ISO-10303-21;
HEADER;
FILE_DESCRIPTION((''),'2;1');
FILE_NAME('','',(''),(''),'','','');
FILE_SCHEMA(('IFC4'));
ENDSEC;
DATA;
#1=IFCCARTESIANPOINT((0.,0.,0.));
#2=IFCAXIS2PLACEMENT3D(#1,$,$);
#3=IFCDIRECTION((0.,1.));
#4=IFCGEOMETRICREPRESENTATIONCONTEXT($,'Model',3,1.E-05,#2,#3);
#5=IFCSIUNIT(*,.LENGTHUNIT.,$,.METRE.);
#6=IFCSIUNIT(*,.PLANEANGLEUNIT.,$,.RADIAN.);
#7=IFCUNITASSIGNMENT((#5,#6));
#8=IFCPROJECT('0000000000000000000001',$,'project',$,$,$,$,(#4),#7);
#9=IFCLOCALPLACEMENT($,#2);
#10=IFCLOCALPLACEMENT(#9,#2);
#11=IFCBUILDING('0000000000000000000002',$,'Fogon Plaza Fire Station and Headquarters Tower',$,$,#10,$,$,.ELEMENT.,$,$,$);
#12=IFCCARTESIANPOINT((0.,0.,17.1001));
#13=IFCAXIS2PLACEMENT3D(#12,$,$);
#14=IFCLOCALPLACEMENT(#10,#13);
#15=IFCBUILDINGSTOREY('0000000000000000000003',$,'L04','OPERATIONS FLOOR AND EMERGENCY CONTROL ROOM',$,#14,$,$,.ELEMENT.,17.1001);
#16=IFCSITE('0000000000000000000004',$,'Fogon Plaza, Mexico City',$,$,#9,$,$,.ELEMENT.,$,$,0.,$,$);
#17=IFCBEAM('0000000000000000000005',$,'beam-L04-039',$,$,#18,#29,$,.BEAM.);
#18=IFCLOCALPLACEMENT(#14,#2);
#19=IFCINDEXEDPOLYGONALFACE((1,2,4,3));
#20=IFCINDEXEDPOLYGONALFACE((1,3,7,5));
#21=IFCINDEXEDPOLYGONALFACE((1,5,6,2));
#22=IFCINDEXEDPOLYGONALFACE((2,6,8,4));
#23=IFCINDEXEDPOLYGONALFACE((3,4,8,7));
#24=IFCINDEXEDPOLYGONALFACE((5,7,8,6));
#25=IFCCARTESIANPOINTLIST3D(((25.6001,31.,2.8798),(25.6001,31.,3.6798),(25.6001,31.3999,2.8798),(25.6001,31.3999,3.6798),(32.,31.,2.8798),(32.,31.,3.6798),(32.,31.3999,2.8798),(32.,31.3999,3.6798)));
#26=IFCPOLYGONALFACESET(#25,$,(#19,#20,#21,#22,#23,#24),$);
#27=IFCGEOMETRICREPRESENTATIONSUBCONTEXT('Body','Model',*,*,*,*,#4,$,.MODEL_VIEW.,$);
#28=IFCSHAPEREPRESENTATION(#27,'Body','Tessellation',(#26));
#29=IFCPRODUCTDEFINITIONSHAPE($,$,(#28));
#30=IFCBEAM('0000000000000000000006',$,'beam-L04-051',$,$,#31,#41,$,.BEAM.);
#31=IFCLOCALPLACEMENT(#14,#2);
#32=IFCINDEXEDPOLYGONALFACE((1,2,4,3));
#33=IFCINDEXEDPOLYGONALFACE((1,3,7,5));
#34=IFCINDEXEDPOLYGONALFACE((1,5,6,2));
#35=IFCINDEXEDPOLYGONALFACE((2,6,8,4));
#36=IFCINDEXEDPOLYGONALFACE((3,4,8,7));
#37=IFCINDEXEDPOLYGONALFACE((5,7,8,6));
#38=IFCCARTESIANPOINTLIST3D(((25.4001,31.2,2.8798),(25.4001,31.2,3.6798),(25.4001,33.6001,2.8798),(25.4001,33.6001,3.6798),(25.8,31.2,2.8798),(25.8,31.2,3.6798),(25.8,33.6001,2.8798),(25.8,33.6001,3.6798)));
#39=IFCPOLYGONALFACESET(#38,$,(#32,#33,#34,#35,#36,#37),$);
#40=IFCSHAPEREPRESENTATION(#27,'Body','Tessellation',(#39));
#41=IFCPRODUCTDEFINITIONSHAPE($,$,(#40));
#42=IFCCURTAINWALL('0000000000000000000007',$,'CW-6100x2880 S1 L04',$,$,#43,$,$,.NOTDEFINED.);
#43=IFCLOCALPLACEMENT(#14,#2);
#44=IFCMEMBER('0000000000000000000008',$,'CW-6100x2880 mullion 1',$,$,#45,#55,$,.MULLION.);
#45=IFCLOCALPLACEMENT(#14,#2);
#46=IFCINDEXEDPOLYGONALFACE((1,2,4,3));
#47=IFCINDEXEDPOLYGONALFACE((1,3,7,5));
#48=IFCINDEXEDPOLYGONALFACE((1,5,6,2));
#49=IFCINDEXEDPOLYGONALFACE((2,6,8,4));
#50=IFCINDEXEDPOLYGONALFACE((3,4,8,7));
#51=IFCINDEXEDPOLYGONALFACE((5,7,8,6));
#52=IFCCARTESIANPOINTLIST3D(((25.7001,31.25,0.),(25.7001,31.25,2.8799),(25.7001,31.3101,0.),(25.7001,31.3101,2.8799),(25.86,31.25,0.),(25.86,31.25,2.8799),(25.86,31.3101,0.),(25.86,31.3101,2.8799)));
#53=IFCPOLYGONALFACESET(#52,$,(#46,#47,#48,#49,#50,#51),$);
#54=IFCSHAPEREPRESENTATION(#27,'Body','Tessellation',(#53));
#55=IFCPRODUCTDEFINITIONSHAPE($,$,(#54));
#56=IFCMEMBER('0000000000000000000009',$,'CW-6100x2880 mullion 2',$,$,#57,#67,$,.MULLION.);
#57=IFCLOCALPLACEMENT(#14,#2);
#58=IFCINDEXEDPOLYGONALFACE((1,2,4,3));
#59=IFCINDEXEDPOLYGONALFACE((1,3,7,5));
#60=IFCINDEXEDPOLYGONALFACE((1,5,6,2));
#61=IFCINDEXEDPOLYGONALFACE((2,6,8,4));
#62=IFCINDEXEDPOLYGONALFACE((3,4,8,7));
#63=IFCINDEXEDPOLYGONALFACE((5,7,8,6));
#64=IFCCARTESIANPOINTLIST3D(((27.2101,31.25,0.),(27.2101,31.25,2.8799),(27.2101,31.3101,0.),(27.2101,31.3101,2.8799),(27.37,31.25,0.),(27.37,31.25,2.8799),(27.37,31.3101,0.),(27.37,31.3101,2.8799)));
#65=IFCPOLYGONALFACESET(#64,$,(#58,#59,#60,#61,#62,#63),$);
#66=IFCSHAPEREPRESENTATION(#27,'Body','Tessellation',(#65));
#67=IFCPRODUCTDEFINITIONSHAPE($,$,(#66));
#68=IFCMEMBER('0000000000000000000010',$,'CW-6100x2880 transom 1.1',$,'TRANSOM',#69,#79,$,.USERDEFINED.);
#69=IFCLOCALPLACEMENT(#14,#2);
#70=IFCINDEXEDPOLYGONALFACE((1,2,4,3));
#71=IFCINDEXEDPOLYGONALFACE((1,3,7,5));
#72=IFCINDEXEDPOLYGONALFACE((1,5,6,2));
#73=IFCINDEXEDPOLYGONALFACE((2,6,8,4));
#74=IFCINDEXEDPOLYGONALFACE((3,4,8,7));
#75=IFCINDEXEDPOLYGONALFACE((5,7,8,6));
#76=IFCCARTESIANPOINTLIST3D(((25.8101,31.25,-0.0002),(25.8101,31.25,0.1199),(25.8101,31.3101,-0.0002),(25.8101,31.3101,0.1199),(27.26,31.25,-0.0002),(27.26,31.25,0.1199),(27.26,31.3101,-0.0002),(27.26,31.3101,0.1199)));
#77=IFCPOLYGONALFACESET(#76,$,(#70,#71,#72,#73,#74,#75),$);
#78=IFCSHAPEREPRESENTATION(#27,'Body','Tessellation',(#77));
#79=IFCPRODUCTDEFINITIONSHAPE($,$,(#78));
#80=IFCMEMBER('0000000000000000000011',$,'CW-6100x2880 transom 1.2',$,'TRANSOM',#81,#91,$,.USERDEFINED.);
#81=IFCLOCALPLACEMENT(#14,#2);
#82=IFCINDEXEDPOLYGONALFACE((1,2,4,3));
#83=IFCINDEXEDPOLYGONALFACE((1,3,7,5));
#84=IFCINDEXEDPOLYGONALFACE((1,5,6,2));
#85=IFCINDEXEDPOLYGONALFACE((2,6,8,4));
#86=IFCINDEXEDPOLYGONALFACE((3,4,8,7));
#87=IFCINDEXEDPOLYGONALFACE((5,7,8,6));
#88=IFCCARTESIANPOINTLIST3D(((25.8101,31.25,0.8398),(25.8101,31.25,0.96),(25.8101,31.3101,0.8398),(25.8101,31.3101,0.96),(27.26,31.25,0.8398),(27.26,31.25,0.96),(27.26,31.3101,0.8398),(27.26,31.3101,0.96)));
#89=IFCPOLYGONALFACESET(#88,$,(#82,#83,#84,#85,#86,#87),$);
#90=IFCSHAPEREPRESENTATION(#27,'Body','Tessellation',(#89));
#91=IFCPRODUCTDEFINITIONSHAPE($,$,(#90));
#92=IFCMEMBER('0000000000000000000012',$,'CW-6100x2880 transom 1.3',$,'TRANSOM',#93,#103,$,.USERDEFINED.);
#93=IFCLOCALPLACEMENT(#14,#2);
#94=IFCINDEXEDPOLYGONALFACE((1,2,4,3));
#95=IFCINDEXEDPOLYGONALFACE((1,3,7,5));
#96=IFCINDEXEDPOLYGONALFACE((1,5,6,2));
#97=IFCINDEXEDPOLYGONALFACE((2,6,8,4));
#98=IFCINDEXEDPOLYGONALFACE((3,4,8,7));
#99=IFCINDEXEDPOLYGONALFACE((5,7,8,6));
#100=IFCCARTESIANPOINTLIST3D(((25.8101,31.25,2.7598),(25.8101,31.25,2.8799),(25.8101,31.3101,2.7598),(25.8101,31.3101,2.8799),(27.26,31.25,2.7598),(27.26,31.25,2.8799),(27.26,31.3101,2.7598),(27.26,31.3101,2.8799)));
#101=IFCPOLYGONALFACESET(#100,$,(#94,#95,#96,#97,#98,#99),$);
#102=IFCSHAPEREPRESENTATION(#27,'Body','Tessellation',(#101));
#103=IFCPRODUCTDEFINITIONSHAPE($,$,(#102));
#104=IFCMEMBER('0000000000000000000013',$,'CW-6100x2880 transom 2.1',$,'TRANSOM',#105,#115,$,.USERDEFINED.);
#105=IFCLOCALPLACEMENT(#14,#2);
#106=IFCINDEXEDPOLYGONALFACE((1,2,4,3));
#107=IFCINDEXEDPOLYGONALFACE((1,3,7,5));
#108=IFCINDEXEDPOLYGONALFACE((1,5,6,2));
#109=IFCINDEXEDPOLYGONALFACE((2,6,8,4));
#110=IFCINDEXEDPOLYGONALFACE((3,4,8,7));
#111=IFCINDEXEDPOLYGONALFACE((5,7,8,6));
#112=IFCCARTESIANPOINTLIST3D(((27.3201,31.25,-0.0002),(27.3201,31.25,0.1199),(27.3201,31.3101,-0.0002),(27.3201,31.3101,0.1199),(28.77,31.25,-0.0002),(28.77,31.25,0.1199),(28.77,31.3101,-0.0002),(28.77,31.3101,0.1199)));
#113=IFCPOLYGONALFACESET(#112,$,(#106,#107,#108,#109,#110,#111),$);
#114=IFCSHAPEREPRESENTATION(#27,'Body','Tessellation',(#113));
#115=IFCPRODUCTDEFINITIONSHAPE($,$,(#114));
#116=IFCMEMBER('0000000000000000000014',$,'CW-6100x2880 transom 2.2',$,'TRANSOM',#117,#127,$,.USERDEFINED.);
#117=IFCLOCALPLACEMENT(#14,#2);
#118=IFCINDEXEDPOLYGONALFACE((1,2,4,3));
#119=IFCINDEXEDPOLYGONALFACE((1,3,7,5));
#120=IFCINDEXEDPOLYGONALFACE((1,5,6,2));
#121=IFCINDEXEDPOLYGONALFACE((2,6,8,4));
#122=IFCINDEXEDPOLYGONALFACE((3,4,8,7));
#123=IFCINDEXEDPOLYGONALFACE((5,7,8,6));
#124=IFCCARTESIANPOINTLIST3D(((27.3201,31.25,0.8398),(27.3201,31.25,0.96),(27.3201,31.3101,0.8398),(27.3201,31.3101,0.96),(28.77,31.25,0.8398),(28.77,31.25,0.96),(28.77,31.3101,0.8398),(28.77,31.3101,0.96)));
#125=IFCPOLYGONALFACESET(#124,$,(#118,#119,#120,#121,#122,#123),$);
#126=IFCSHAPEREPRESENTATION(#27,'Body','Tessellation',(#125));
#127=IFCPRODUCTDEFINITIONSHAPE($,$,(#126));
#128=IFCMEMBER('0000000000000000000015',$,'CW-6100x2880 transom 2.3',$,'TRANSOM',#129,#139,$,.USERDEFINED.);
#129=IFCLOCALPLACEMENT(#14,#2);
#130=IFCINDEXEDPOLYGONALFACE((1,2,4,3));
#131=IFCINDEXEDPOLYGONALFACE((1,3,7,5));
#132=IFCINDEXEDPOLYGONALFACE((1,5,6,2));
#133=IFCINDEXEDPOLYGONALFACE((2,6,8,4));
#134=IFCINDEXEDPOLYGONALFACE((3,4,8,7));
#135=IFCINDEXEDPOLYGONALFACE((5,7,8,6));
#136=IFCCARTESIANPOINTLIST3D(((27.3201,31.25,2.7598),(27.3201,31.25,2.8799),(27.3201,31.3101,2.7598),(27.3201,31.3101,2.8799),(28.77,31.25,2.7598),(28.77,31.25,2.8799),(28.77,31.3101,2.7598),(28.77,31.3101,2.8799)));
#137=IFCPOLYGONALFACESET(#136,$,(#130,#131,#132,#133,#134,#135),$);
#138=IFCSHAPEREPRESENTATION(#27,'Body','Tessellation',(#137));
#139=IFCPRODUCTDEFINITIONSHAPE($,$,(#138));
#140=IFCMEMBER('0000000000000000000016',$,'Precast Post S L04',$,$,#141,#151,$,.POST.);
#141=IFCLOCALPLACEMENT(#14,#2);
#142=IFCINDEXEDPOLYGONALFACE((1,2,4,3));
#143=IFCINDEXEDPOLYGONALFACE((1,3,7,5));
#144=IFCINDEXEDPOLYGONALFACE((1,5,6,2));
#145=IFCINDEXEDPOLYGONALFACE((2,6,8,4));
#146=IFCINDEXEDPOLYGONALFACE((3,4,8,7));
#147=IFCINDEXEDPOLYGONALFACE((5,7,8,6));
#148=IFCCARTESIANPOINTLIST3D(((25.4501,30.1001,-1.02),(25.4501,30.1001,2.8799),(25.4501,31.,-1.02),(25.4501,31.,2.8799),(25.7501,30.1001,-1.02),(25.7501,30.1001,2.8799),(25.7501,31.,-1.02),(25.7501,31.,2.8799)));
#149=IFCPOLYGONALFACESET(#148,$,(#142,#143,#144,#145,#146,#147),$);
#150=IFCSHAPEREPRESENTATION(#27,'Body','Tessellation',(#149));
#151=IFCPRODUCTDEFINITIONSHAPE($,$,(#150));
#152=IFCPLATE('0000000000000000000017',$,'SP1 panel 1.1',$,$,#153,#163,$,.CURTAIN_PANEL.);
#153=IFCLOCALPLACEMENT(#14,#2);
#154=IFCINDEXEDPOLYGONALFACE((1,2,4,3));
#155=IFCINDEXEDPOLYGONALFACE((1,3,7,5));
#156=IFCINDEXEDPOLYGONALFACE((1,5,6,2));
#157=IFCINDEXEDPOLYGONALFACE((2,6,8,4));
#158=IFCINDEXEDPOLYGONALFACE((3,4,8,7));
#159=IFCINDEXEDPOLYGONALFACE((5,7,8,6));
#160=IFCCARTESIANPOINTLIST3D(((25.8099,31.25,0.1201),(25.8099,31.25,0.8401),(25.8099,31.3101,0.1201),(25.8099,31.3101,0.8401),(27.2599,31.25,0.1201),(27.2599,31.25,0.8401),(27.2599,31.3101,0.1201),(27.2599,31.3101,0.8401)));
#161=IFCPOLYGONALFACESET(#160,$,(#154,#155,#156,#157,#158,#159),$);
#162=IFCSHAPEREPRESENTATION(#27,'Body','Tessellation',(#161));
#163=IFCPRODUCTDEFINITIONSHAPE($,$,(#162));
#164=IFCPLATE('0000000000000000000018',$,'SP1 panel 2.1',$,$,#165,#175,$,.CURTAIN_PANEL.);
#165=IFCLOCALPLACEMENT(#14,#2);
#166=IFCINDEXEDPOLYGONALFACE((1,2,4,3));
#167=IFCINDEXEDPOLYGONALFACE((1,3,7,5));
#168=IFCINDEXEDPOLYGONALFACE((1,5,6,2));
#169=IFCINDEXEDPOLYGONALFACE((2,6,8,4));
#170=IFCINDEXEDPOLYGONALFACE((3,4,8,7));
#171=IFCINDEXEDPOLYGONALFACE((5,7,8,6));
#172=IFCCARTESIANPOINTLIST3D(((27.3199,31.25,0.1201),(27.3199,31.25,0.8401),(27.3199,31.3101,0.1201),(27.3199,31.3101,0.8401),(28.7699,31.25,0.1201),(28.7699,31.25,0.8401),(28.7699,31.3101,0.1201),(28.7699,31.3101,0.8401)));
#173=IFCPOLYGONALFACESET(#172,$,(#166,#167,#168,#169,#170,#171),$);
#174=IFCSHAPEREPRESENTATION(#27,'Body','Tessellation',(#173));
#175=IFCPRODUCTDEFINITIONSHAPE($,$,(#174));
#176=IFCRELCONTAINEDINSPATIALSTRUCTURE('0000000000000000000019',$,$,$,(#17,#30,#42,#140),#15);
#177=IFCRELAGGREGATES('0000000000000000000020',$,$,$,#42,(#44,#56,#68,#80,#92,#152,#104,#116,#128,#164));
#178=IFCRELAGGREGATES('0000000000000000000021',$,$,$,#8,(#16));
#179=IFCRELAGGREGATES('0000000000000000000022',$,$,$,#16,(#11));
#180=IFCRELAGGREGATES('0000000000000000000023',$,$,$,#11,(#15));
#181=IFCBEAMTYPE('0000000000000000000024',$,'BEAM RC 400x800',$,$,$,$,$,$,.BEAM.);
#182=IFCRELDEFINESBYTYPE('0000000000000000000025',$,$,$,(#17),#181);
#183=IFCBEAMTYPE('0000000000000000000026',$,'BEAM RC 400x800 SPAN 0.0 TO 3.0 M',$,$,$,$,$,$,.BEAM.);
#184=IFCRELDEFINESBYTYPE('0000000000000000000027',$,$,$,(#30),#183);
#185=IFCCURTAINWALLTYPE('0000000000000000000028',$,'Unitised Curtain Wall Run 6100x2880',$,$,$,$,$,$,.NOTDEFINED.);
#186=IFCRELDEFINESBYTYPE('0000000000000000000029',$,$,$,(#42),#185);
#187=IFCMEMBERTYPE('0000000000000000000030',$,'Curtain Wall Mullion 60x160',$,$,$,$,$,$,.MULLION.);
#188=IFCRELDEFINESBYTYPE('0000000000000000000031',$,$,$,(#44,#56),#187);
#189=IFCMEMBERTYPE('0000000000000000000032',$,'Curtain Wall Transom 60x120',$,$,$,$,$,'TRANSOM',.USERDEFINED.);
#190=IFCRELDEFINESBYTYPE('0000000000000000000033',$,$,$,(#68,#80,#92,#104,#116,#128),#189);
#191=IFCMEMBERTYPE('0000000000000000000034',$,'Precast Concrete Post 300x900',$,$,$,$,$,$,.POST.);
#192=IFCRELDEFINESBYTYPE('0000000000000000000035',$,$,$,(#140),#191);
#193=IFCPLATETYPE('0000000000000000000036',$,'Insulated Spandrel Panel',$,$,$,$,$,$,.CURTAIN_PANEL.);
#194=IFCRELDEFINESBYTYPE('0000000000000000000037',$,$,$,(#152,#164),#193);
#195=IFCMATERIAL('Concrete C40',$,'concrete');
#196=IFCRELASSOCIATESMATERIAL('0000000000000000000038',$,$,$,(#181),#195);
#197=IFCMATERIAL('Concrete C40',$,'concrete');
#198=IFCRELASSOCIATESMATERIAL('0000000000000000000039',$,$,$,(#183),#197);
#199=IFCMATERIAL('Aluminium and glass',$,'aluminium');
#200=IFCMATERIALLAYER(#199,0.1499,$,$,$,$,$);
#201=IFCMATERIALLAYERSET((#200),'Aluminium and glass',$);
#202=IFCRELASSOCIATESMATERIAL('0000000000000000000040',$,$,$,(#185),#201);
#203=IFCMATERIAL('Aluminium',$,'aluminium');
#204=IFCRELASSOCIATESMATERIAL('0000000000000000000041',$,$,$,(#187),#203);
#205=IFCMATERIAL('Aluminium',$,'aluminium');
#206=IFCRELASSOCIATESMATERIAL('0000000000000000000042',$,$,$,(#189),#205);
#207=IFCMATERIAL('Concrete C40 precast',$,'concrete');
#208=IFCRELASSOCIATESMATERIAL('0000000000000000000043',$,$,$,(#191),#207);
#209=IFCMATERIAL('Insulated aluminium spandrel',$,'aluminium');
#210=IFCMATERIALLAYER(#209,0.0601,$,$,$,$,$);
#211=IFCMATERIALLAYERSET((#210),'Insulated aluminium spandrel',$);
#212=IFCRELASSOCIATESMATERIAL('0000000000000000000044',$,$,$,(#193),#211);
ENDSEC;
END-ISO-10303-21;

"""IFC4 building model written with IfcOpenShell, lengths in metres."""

from ifc_helpers import new_model, si_unit, direction, frame, origin, origin_2d, place, context, subcontext, project, spatial, rectangle, extrude, material, layer, layer_set, material_profile, profile_set, type_object, element, aggregate, save


model = new_model("IFC4")

# Units and contexts
model_context = context("Model", 3, precision=1e-05, world=origin(), true_north=direction((0.0, 1.0)))
body_context = subcontext(model_context, "Body", "Model", "MODEL_VIEW")
ifc_project = project(units=[si_unit("LENGTHUNIT", "METRE"), si_unit("PLANEANGLEUNIT", "RADIAN")], contexts=[model_context])

# Site, building, storey
site_placement = place(None, origin())
site = spatial("IfcSite", under=ifc_project, at=site_placement, Name="Fogon Plaza, Mexico City", CompositionType="ELEMENT", RefElevation=0.0)
building_placement = place(site_placement, origin())
building = spatial("IfcBuilding", under=site, at=building_placement, Name="Fogon Plaza Fire Station and Headquarters Tower", CompositionType="ELEMENT")
storey_placement = place(building_placement, frame((0.0, 0.0, 17.1001)))
storey = spatial("IfcBuildingStorey", under=building, at=storey_placement, Name="L04", Description="OPERATIONS FLOOR AND EMERGENCY CONTROL ROOM", CompositionType="ELEMENT", Elevation=17.1001)

# Beams
ifc_material_1 = material(Name="Concrete C40", Category="concrete")
ifc_material_profile_1 = material_profile(ifc_material_1, rectangle(XDim=0.3999, YDim=0.8, at=origin_2d()), Name="RC 400x800")
ifc_profile_set_1 = profile_set([ifc_material_profile_1], Name="Concrete C40")
beam_type_1 = type_object("IfcBeamType", Name="BEAM RC 400x800", PredefinedType="BEAM", material=ifc_profile_set_1)
beam_1_placement = place(storey_placement, frame((25.6001, 31.2, 3.2798), z_axis=(1.0, 0.0, 0.0), x_axis=(0.0, 1.0, 0.0)))
element("IfcBeam", 1, at=beam_1_placement, inside=storey, type_object=beam_type_1, Name="beam-L04-039", PredefinedType="BEAM", context=body_context, shape_type="SweptSolid", body=[
    extrude(rectangle(XDim=0.3999, YDim=0.8, at=origin_2d()), origin(), (0.0, 0.0, 1.0), 6.3999),
])
ifc_material_2 = material(Name="Concrete C40", Category="concrete")
ifc_material_profile_2 = material_profile(ifc_material_2, rectangle(XDim=0.3999, YDim=0.8, at=origin_2d()), Name="RC 400x800")
ifc_profile_set_2 = profile_set([ifc_material_profile_2], Name="Concrete C40")
beam_type_2 = type_object("IfcBeamType", Name="BEAM RC 400x800 SPAN 0.0 TO 3.0 M", PredefinedType="BEAM", material=ifc_profile_set_2)
beam_2_placement = place(storey_placement, frame((25.6001, 31.2, 3.2798), z_axis=(0.0, 1.0, 0.0), x_axis=(-1.0, 0.0, 0.0)))
element("IfcBeam", 2, at=beam_2_placement, inside=storey, type_object=beam_type_2, Name="beam-L04-051", PredefinedType="BEAM", context=body_context, shape_type="SweptSolid", body=[
    extrude(rectangle(XDim=0.3999, YDim=0.8, at=origin_2d()), origin(), (0.0, 0.0, 1.0), 2.4001),
])

# Curtain wall, members
ifc_material_3 = material(Name="Aluminium and glass", Category="aluminium")
ifc_layer_1 = layer(ifc_material_3, 0.1499)
ifc_layer_set_1 = layer_set([ifc_layer_1], Name="Aluminium and glass")
curtain_wall_type = type_object("IfcCurtainWallType", Name="Unitised Curtain Wall Run 6100x2880", PredefinedType="NOTDEFINED", material=ifc_layer_set_1)
curtain_wall_placement = place(storey_placement, origin())
curtain_wall = element("IfcCurtainWall", 3, at=curtain_wall_placement, inside=storey, type_object=curtain_wall_type, Name="CW-6100x2880 S1 L04", PredefinedType="NOTDEFINED")
ifc_material_4 = material(Name="Aluminium", Category="aluminium")
ifc_material_profile_3 = material_profile(ifc_material_4, rectangle(XDim=0.0601, YDim=0.1599, at=origin_2d()), Name="Curtain Wall Mullion 60x160")
ifc_profile_set_3 = profile_set([ifc_material_profile_3], Name="Aluminium")
member_type_1 = type_object("IfcMemberType", Name="Curtain Wall Mullion 60x160", PredefinedType="MULLION", material=ifc_profile_set_3)
member_1_placement = place(storey_placement, frame((25.78, 31.28, 0.0), z_axis=(0.0, 0.0, 1.0), x_axis=(0.0, 1.0, 0.0)))
member_1 = element("IfcMember", 4, at=member_1_placement, type_object=member_type_1, Name="CW-6100x2880 mullion 1", PredefinedType="MULLION", context=body_context, shape_type="SweptSolid", body=[
    extrude(rectangle(XDim=0.0601, YDim=0.1599, at=origin_2d()), origin(), (0.0, 0.0, 1.0), 2.8799),
])
member_2_placement = place(storey_placement, frame((27.29, 31.28, 0.0), z_axis=(0.0, 0.0, 1.0), x_axis=(0.0, 1.0, 0.0)))
member_2 = element("IfcMember", 5, at=member_2_placement, type_object=member_type_1, Name="CW-6100x2880 mullion 2", PredefinedType="MULLION", context=body_context, shape_type="SweptSolid", body=[
    extrude(rectangle(XDim=0.0601, YDim=0.1599, at=origin_2d()), origin(), (0.0, 0.0, 1.0), 2.8799),
])
ifc_material_5 = material(Name="Aluminium", Category="aluminium")
ifc_material_profile_4 = material_profile(ifc_material_5, rectangle(XDim=0.0601, YDim=0.1201, at=origin_2d()), Name="Curtain Wall Transom 60x120")
ifc_profile_set_4 = profile_set([ifc_material_profile_4], Name="Aluminium")
member_type_2 = type_object("IfcMemberType", Name="Curtain Wall Transom 60x120", ElementType="TRANSOM", PredefinedType="USERDEFINED", material=ifc_profile_set_4)
member_3_placement = place(storey_placement, frame((25.8101, 31.28, 0.0598), z_axis=(1.0, 0.0, 0.0), x_axis=(0.0, 1.0, 0.0)))
member_3 = element("IfcMember", 6, at=member_3_placement, type_object=member_type_2, Name="CW-6100x2880 transom 1.1", ObjectType="TRANSOM", PredefinedType="USERDEFINED", context=body_context, shape_type="SweptSolid", body=[
    extrude(rectangle(XDim=0.0601, YDim=0.1201, at=origin_2d()), origin(), (0.0, 0.0, 1.0), 1.45),
])
member_4_placement = place(storey_placement, frame((25.8101, 31.28, 0.8999), z_axis=(1.0, 0.0, 0.0), x_axis=(0.0, 1.0, 0.0)))
member_4 = element("IfcMember", 7, at=member_4_placement, type_object=member_type_2, Name="CW-6100x2880 transom 1.2", ObjectType="TRANSOM", PredefinedType="USERDEFINED", context=body_context, shape_type="SweptSolid", body=[
    extrude(rectangle(XDim=0.0601, YDim=0.1201, at=origin_2d()), origin(), (0.0, 0.0, 1.0), 1.45),
])
member_5_placement = place(storey_placement, frame((25.8101, 31.28, 2.8198), z_axis=(1.0, 0.0, 0.0), x_axis=(0.0, 1.0, 0.0)))
member_5 = element("IfcMember", 8, at=member_5_placement, type_object=member_type_2, Name="CW-6100x2880 transom 1.3", ObjectType="TRANSOM", PredefinedType="USERDEFINED", context=body_context, shape_type="SweptSolid", body=[
    extrude(rectangle(XDim=0.0601, YDim=0.1201, at=origin_2d()), origin(), (0.0, 0.0, 1.0), 1.45),
])
member_6_placement = place(storey_placement, frame((27.3201, 31.28, 0.0598), z_axis=(1.0, 0.0, 0.0), x_axis=(0.0, 1.0, 0.0)))
member_6 = element("IfcMember", 9, at=member_6_placement, type_object=member_type_2, Name="CW-6100x2880 transom 2.1", ObjectType="TRANSOM", PredefinedType="USERDEFINED", context=body_context, shape_type="SweptSolid", body=[
    extrude(rectangle(XDim=0.0601, YDim=0.1201, at=origin_2d()), origin(), (0.0, 0.0, 1.0), 1.45),
])
member_7_placement = place(storey_placement, frame((27.3201, 31.28, 0.8999), z_axis=(1.0, 0.0, 0.0), x_axis=(0.0, 1.0, 0.0)))
member_7 = element("IfcMember", 10, at=member_7_placement, type_object=member_type_2, Name="CW-6100x2880 transom 2.2", ObjectType="TRANSOM", PredefinedType="USERDEFINED", context=body_context, shape_type="SweptSolid", body=[
    extrude(rectangle(XDim=0.0601, YDim=0.1201, at=origin_2d()), origin(), (0.0, 0.0, 1.0), 1.45),
])
member_8_placement = place(storey_placement, frame((27.3201, 31.28, 2.8198), z_axis=(1.0, 0.0, 0.0), x_axis=(0.0, 1.0, 0.0)))
member_8 = element("IfcMember", 11, at=member_8_placement, type_object=member_type_2, Name="CW-6100x2880 transom 2.3", ObjectType="TRANSOM", PredefinedType="USERDEFINED", context=body_context, shape_type="SweptSolid", body=[
    extrude(rectangle(XDim=0.0601, YDim=0.1201, at=origin_2d()), origin(), (0.0, 0.0, 1.0), 1.45),
])

# Member
ifc_material_6 = material(Name="Concrete C40 precast", Category="concrete")
ifc_material_profile_5 = material_profile(ifc_material_6, rectangle(XDim=0.3, YDim=0.8999, at=origin_2d()), Name="Precast Concrete Post 300x900")
ifc_profile_set_5 = profile_set([ifc_material_profile_5], Name="Concrete C40 precast")
member_type_3 = type_object("IfcMemberType", Name="Precast Concrete Post 300x900", PredefinedType="POST", material=ifc_profile_set_5)
member_9_placement = place(storey_placement, frame((25.6001, 30.55, -1.02), z_axis=(0.0, 0.0, 1.0), x_axis=(1.0, 0.0, 0.0)))
element("IfcMember", 12, at=member_9_placement, inside=storey, type_object=member_type_3, Name="Precast Post S L04", PredefinedType="POST", context=body_context, shape_type="SweptSolid", body=[
    extrude(rectangle(XDim=0.3, YDim=0.8999, at=origin_2d()), origin(), (0.0, 0.0, 1.0), 3.8999),
])

# Plates
ifc_material_7 = material(Name="Insulated aluminium spandrel", Category="aluminium")
ifc_layer_2 = layer(ifc_material_7, 0.0601)
ifc_layer_set_2 = layer_set([ifc_layer_2], Name="Insulated aluminium spandrel")
plate_type_1 = type_object("IfcPlateType", Name="Insulated Spandrel Panel", PredefinedType="CURTAIN_PANEL", material=ifc_layer_set_2)
plate_1_placement = place(storey_placement, frame((26.5349, 31.28, 0.1201), z_axis=(0.0, 0.0, 1.0), x_axis=(1.0, 0.0, 0.0)))
plate_1 = element("IfcPlate", 13, at=plate_1_placement, type_object=plate_type_1, Name="SP1 panel 1.1", PredefinedType="CURTAIN_PANEL", context=body_context, shape_type="SweptSolid", body=[
    extrude(rectangle(XDim=1.45, YDim=0.0601, at=origin_2d()), origin(), (0.0, 0.0, 1.0), 0.72),
])
plate_2_placement = place(storey_placement, frame((28.0449, 31.28, 0.1201), z_axis=(0.0, 0.0, 1.0), x_axis=(1.0, 0.0, 0.0)))
plate_2 = element("IfcPlate", 14, at=plate_2_placement, type_object=plate_type_1, Name="SP1 panel 2.1", PredefinedType="CURTAIN_PANEL", context=body_context, shape_type="SweptSolid", body=[
    extrude(rectangle(XDim=1.45, YDim=0.0601, at=origin_2d()), origin(), (0.0, 0.0, 1.0), 0.72),
])
aggregate(curtain_wall, [member_1, member_2, member_3, member_4, member_5, plate_1, member_6, member_7, member_8, plate_2])

save(model, "model.ifc")
